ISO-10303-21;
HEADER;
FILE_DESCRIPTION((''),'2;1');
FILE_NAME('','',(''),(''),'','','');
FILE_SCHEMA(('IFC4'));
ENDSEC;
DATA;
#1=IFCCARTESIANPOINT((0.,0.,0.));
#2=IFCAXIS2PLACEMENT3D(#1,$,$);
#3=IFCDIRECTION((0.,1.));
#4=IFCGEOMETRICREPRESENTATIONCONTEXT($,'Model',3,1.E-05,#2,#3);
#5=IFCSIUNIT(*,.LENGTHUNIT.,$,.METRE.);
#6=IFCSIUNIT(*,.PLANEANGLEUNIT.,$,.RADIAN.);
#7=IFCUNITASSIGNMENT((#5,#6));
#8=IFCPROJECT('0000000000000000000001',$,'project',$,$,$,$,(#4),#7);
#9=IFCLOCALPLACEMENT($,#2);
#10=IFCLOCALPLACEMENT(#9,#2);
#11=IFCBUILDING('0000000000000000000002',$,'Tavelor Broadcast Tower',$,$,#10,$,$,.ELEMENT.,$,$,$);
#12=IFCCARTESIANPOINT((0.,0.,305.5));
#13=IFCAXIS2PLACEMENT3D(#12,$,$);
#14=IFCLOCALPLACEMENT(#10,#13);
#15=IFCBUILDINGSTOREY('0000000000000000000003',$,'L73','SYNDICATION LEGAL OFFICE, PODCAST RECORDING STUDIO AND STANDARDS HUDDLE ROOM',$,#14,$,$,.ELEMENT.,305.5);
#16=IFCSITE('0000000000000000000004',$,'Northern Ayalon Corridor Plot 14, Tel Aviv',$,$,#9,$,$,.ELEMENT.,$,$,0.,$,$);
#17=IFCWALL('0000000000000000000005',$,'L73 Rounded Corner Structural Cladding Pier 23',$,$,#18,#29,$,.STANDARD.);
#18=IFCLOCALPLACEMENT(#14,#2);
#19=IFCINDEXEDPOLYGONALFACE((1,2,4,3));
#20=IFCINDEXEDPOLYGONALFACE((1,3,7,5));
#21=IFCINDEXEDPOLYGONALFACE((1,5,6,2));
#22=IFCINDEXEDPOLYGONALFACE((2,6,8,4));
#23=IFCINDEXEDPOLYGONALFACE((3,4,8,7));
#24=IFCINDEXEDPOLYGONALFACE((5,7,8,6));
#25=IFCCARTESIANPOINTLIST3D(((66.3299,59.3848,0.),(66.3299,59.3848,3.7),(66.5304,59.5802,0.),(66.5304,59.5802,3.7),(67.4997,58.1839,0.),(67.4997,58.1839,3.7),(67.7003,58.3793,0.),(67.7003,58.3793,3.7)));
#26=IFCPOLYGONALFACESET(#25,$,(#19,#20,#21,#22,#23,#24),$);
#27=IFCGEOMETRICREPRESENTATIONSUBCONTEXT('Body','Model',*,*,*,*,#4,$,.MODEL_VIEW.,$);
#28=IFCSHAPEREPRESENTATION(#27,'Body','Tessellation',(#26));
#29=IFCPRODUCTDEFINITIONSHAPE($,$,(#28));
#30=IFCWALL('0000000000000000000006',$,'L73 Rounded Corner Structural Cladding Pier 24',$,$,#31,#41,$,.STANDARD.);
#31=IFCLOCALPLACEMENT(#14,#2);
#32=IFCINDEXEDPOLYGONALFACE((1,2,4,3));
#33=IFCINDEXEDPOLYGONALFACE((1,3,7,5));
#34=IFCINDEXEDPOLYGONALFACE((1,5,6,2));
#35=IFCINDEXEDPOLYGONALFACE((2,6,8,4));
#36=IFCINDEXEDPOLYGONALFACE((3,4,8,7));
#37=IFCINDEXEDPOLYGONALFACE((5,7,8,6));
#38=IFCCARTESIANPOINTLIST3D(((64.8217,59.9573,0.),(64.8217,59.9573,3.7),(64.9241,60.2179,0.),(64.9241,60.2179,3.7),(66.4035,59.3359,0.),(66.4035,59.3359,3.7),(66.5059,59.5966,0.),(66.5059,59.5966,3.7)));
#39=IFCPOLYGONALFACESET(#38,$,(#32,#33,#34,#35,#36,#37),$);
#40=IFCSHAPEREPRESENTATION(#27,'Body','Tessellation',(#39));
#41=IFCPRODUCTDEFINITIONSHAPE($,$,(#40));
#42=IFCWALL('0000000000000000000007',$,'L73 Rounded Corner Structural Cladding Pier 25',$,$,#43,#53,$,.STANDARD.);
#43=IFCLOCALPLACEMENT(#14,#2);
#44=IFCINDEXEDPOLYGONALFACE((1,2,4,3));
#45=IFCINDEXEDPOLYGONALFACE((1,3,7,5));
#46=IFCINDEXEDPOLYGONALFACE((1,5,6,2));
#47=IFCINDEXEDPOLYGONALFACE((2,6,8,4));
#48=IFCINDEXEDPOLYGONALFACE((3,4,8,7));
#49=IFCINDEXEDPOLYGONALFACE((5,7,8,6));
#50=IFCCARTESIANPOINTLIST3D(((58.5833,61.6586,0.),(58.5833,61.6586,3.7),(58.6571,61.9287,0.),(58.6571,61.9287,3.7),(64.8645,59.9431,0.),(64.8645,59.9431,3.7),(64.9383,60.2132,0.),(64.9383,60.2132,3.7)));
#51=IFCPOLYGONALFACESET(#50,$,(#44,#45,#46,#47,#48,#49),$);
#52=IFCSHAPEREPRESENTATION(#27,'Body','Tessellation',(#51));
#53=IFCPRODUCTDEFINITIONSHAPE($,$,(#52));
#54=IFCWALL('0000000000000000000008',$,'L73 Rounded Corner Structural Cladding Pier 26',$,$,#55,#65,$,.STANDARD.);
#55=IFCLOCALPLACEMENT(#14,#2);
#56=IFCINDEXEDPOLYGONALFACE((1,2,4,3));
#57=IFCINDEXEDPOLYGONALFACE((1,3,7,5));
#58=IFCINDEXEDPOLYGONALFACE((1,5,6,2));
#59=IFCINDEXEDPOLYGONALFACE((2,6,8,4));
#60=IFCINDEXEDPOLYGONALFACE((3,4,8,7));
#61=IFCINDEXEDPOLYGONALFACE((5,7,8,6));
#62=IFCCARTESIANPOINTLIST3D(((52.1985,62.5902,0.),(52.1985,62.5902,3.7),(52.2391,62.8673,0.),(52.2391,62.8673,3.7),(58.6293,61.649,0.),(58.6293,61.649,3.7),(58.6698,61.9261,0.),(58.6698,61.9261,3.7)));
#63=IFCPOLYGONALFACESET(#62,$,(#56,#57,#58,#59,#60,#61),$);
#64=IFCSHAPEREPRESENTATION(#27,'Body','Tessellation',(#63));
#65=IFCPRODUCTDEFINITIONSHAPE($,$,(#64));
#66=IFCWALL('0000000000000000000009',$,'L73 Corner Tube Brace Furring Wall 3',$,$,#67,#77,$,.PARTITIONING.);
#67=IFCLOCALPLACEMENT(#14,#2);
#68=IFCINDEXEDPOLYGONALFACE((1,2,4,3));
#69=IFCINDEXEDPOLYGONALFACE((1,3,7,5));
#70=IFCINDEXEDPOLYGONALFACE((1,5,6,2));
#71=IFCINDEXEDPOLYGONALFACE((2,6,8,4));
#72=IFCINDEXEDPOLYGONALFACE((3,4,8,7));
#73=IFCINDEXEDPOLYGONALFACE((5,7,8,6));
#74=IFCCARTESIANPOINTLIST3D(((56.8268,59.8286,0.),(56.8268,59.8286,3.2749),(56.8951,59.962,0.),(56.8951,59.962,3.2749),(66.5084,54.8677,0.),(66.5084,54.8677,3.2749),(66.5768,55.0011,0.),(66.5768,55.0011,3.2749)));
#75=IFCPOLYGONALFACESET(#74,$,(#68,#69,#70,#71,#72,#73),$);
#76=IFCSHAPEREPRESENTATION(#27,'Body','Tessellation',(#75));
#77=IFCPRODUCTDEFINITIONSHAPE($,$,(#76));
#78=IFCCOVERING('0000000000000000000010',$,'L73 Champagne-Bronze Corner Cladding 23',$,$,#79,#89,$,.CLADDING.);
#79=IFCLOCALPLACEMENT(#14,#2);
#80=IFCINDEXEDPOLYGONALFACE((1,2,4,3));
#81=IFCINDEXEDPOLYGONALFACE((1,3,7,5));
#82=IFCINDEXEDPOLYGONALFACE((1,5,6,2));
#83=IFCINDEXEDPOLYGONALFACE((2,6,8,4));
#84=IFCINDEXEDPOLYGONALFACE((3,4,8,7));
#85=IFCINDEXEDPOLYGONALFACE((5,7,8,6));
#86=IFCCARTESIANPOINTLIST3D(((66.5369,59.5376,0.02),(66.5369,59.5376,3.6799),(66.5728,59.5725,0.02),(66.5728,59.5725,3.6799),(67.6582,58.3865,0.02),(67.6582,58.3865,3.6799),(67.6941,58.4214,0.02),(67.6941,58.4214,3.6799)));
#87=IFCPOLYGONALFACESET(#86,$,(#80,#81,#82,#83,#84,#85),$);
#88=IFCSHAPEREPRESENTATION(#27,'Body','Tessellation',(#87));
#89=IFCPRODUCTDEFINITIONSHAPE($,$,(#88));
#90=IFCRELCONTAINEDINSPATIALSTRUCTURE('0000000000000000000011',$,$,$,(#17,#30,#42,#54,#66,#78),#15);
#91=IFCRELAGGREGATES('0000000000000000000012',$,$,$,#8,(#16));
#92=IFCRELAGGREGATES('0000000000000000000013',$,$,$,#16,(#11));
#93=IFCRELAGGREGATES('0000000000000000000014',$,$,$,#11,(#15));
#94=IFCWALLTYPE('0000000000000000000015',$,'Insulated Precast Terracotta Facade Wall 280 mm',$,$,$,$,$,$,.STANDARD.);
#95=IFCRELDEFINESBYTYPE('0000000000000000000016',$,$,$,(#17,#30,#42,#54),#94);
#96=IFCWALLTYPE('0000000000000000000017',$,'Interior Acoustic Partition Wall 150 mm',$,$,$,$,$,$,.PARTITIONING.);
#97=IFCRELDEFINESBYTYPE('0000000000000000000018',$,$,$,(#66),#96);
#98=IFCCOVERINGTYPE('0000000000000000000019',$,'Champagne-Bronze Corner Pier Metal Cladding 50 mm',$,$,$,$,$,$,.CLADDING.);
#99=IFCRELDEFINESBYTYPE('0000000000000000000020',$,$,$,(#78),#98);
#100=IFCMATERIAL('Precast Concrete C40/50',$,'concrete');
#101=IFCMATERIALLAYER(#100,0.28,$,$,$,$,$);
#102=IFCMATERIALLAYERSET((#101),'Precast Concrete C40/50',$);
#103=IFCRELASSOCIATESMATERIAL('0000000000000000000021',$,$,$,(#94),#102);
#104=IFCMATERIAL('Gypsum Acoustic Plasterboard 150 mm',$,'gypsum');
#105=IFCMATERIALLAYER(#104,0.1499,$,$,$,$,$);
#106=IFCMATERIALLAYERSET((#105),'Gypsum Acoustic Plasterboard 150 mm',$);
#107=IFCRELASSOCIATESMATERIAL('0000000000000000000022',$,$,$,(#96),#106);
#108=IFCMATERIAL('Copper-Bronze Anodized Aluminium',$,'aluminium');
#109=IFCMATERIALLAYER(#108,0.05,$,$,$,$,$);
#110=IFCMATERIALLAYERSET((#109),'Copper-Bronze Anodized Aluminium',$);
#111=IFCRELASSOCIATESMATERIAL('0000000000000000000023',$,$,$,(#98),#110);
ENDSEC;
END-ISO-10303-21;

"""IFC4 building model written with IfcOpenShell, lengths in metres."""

from ifc_helpers import new_model, si_unit, direction, frame, frame_2d, origin, origin_2d, place, context, subcontext, project, spatial, rectangle, extrude, material, layer, layer_set, type_object, element, save


model = new_model("IFC4")

# Units and contexts
model_context = context("Model", 3, precision=1e-05, world=origin(), true_north=direction((0.0, 1.0)))
body_context = subcontext(model_context, "Body", "Model", "MODEL_VIEW")
ifc_project = project(units=[si_unit("LENGTHUNIT", "METRE"), si_unit("PLANEANGLEUNIT", "RADIAN")], contexts=[model_context])

# Site, building, storey
site_placement = place(None, origin())
site = spatial("IfcSite", under=ifc_project, at=site_placement, Name="Northern Ayalon Corridor Plot 14, Tel Aviv", CompositionType="ELEMENT", RefElevation=0.0)
building_placement = place(site_placement, origin())
building = spatial("IfcBuilding", under=site, at=building_placement, Name="Tavelor Broadcast Tower", CompositionType="ELEMENT")
storey_placement = place(building_placement, frame((0.0, 0.0, 305.5)))
storey = spatial("IfcBuildingStorey", under=building, at=storey_placement, Name="L73", Description="SYNDICATION LEGAL OFFICE, PODCAST RECORDING STUDIO AND STANDARDS HUDDLE ROOM", CompositionType="ELEMENT", Elevation=305.5)

# Walls
ifc_material_1 = material(Name="Precast Concrete C40/50", Category="concrete")
ifc_layer_1 = layer(ifc_material_1, 0.28)
ifc_layer_set_1 = layer_set([ifc_layer_1], Name="Precast Concrete C40/50")
wall_type_1 = type_object("IfcWallType", Name="Insulated Precast Terracotta Facade Wall 280 mm", PredefinedType="STANDARD", material=ifc_layer_set_1)
wall_1_placement = place(storey_placement, frame((67.6001, 58.2815, 0.0), z_axis=(0.0, 0.0, 1.0), x_axis=(-0.6978, 0.716293, 0.0)))
element("IfcWall", 1, at=wall_1_placement, inside=storey, type_object=wall_type_1, Name="L73 Rounded Corner Structural Cladding Pier 23", PredefinedType="STANDARD", context=body_context, shape_type="SweptSolid", body=[
    extrude(rectangle(XDim=1.6765, YDim=0.28, at=frame_2d((0.8384, 0.0))), origin(), (0.0, 0.0, 1.0), 3.7),
])
wall_2_placement = place(storey_placement, frame((66.4546, 59.4663, 0.0), z_axis=(0.0, 0.0, 1.0), x_axis=(-0.930767, 0.365612, 0.0)))
element("IfcWall", 2, at=wall_2_placement, inside=storey, type_object=wall_type_1, Name="L73 Rounded Corner Structural Cladding Pier 24", PredefinedType="STANDARD", context=body_context, shape_type="SweptSolid", body=[
    extrude(rectangle(XDim=1.6995, YDim=0.28, at=frame_2d((0.8496, 0.0))), origin(), (0.0, 0.0, 1.0), 3.7),
])
wall_3_placement = place(storey_placement, frame((64.9014, 60.0781, 0.0), z_axis=(0.0, 0.0, 1.0), x_axis=(-0.964666, 0.263476, 0.0)))
element("IfcWall", 3, at=wall_3_placement, inside=storey, type_object=wall_type_1, Name="L73 Rounded Corner Structural Cladding Pier 25", PredefinedType="STANDARD", context=body_context, shape_type="SweptSolid", body=[
    extrude(rectangle(XDim=6.5112, YDim=0.28, at=frame_2d((3.2556, 0.0))), origin(), (0.0, 0.0, 1.0), 3.7),
])
wall_4_placement = place(storey_placement, frame((58.6494, 61.7876, 0.0), z_axis=(0.0, 0.0, 1.0), x_axis=(-0.989459, 0.144813, 0.0)))
element("IfcWall", 4, at=wall_4_placement, inside=storey, type_object=wall_type_1, Name="L73 Rounded Corner Structural Cladding Pier 26", PredefinedType="STANDARD", context=body_context, shape_type="SweptSolid", body=[
    extrude(rectangle(XDim=6.4993, YDim=0.28, at=frame_2d((3.2495, 0.0))), origin(), (0.0, 0.0, 1.0), 3.7),
])
ifc_material_2 = material(Name="Gypsum Acoustic Plasterboard 150 mm", Category="gypsum")
ifc_layer_2 = layer(ifc_material_2, 0.1499)
ifc_layer_set_2 = layer_set([ifc_layer_2], Name="Gypsum Acoustic Plasterboard 150 mm")
wall_type_2 = type_object("IfcWallType", Name="Interior Acoustic Partition Wall 150 mm", PredefinedType="PARTITIONING", material=ifc_layer_set_2)
wall_5_placement = place(storey_placement, frame((66.5427, 54.9343, 0.0), z_axis=(0.0, 0.0, 1.0), x_axis=(-0.889967, 0.456025, 0.0)))
element("IfcWall", 5, at=wall_5_placement, inside=storey, type_object=wall_type_2, Name="L73 Corner Tube Brace Furring Wall 3", PredefinedType="PARTITIONING", context=body_context, shape_type="SweptSolid", body=[
    extrude(rectangle(XDim=10.8787, YDim=0.1499, at=frame_2d((5.4395, 0.0))), origin(), (0.0, 0.0, 1.0), 3.2749),
])

# Covering
ifc_material_3 = material(Name="Copper-Bronze Anodized Aluminium", Category="aluminium")
ifc_layer_3 = layer(ifc_material_3, 0.05)
ifc_layer_set_3 = layer_set([ifc_layer_3], Name="Copper-Bronze Anodized Aluminium")
covering_type = type_object("IfcCoveringType", Name="Champagne-Bronze Corner Pier Metal Cladding 50 mm", PredefinedType="CLADDING", material=ifc_layer_set_3)
covering_placement = place(storey_placement, frame((67.1155, 58.9795, 0.02), z_axis=(0.0, 0.0, 1.0), x_axis=(-0.69779, 0.716302, 0.0)))
element("IfcCovering", 6, at=covering_placement, inside=storey, type_object=covering_type, Name="L73 Champagne-Bronze Corner Cladding 23", PredefinedType="CLADDING", context=body_context, shape_type="SweptSolid", body=[
    extrude(rectangle(XDim=1.6069, YDim=0.05, at=origin_2d()), origin(), (0.0, 0.0, 1.0), 3.6599),
])

save(model, "model.ifc")
